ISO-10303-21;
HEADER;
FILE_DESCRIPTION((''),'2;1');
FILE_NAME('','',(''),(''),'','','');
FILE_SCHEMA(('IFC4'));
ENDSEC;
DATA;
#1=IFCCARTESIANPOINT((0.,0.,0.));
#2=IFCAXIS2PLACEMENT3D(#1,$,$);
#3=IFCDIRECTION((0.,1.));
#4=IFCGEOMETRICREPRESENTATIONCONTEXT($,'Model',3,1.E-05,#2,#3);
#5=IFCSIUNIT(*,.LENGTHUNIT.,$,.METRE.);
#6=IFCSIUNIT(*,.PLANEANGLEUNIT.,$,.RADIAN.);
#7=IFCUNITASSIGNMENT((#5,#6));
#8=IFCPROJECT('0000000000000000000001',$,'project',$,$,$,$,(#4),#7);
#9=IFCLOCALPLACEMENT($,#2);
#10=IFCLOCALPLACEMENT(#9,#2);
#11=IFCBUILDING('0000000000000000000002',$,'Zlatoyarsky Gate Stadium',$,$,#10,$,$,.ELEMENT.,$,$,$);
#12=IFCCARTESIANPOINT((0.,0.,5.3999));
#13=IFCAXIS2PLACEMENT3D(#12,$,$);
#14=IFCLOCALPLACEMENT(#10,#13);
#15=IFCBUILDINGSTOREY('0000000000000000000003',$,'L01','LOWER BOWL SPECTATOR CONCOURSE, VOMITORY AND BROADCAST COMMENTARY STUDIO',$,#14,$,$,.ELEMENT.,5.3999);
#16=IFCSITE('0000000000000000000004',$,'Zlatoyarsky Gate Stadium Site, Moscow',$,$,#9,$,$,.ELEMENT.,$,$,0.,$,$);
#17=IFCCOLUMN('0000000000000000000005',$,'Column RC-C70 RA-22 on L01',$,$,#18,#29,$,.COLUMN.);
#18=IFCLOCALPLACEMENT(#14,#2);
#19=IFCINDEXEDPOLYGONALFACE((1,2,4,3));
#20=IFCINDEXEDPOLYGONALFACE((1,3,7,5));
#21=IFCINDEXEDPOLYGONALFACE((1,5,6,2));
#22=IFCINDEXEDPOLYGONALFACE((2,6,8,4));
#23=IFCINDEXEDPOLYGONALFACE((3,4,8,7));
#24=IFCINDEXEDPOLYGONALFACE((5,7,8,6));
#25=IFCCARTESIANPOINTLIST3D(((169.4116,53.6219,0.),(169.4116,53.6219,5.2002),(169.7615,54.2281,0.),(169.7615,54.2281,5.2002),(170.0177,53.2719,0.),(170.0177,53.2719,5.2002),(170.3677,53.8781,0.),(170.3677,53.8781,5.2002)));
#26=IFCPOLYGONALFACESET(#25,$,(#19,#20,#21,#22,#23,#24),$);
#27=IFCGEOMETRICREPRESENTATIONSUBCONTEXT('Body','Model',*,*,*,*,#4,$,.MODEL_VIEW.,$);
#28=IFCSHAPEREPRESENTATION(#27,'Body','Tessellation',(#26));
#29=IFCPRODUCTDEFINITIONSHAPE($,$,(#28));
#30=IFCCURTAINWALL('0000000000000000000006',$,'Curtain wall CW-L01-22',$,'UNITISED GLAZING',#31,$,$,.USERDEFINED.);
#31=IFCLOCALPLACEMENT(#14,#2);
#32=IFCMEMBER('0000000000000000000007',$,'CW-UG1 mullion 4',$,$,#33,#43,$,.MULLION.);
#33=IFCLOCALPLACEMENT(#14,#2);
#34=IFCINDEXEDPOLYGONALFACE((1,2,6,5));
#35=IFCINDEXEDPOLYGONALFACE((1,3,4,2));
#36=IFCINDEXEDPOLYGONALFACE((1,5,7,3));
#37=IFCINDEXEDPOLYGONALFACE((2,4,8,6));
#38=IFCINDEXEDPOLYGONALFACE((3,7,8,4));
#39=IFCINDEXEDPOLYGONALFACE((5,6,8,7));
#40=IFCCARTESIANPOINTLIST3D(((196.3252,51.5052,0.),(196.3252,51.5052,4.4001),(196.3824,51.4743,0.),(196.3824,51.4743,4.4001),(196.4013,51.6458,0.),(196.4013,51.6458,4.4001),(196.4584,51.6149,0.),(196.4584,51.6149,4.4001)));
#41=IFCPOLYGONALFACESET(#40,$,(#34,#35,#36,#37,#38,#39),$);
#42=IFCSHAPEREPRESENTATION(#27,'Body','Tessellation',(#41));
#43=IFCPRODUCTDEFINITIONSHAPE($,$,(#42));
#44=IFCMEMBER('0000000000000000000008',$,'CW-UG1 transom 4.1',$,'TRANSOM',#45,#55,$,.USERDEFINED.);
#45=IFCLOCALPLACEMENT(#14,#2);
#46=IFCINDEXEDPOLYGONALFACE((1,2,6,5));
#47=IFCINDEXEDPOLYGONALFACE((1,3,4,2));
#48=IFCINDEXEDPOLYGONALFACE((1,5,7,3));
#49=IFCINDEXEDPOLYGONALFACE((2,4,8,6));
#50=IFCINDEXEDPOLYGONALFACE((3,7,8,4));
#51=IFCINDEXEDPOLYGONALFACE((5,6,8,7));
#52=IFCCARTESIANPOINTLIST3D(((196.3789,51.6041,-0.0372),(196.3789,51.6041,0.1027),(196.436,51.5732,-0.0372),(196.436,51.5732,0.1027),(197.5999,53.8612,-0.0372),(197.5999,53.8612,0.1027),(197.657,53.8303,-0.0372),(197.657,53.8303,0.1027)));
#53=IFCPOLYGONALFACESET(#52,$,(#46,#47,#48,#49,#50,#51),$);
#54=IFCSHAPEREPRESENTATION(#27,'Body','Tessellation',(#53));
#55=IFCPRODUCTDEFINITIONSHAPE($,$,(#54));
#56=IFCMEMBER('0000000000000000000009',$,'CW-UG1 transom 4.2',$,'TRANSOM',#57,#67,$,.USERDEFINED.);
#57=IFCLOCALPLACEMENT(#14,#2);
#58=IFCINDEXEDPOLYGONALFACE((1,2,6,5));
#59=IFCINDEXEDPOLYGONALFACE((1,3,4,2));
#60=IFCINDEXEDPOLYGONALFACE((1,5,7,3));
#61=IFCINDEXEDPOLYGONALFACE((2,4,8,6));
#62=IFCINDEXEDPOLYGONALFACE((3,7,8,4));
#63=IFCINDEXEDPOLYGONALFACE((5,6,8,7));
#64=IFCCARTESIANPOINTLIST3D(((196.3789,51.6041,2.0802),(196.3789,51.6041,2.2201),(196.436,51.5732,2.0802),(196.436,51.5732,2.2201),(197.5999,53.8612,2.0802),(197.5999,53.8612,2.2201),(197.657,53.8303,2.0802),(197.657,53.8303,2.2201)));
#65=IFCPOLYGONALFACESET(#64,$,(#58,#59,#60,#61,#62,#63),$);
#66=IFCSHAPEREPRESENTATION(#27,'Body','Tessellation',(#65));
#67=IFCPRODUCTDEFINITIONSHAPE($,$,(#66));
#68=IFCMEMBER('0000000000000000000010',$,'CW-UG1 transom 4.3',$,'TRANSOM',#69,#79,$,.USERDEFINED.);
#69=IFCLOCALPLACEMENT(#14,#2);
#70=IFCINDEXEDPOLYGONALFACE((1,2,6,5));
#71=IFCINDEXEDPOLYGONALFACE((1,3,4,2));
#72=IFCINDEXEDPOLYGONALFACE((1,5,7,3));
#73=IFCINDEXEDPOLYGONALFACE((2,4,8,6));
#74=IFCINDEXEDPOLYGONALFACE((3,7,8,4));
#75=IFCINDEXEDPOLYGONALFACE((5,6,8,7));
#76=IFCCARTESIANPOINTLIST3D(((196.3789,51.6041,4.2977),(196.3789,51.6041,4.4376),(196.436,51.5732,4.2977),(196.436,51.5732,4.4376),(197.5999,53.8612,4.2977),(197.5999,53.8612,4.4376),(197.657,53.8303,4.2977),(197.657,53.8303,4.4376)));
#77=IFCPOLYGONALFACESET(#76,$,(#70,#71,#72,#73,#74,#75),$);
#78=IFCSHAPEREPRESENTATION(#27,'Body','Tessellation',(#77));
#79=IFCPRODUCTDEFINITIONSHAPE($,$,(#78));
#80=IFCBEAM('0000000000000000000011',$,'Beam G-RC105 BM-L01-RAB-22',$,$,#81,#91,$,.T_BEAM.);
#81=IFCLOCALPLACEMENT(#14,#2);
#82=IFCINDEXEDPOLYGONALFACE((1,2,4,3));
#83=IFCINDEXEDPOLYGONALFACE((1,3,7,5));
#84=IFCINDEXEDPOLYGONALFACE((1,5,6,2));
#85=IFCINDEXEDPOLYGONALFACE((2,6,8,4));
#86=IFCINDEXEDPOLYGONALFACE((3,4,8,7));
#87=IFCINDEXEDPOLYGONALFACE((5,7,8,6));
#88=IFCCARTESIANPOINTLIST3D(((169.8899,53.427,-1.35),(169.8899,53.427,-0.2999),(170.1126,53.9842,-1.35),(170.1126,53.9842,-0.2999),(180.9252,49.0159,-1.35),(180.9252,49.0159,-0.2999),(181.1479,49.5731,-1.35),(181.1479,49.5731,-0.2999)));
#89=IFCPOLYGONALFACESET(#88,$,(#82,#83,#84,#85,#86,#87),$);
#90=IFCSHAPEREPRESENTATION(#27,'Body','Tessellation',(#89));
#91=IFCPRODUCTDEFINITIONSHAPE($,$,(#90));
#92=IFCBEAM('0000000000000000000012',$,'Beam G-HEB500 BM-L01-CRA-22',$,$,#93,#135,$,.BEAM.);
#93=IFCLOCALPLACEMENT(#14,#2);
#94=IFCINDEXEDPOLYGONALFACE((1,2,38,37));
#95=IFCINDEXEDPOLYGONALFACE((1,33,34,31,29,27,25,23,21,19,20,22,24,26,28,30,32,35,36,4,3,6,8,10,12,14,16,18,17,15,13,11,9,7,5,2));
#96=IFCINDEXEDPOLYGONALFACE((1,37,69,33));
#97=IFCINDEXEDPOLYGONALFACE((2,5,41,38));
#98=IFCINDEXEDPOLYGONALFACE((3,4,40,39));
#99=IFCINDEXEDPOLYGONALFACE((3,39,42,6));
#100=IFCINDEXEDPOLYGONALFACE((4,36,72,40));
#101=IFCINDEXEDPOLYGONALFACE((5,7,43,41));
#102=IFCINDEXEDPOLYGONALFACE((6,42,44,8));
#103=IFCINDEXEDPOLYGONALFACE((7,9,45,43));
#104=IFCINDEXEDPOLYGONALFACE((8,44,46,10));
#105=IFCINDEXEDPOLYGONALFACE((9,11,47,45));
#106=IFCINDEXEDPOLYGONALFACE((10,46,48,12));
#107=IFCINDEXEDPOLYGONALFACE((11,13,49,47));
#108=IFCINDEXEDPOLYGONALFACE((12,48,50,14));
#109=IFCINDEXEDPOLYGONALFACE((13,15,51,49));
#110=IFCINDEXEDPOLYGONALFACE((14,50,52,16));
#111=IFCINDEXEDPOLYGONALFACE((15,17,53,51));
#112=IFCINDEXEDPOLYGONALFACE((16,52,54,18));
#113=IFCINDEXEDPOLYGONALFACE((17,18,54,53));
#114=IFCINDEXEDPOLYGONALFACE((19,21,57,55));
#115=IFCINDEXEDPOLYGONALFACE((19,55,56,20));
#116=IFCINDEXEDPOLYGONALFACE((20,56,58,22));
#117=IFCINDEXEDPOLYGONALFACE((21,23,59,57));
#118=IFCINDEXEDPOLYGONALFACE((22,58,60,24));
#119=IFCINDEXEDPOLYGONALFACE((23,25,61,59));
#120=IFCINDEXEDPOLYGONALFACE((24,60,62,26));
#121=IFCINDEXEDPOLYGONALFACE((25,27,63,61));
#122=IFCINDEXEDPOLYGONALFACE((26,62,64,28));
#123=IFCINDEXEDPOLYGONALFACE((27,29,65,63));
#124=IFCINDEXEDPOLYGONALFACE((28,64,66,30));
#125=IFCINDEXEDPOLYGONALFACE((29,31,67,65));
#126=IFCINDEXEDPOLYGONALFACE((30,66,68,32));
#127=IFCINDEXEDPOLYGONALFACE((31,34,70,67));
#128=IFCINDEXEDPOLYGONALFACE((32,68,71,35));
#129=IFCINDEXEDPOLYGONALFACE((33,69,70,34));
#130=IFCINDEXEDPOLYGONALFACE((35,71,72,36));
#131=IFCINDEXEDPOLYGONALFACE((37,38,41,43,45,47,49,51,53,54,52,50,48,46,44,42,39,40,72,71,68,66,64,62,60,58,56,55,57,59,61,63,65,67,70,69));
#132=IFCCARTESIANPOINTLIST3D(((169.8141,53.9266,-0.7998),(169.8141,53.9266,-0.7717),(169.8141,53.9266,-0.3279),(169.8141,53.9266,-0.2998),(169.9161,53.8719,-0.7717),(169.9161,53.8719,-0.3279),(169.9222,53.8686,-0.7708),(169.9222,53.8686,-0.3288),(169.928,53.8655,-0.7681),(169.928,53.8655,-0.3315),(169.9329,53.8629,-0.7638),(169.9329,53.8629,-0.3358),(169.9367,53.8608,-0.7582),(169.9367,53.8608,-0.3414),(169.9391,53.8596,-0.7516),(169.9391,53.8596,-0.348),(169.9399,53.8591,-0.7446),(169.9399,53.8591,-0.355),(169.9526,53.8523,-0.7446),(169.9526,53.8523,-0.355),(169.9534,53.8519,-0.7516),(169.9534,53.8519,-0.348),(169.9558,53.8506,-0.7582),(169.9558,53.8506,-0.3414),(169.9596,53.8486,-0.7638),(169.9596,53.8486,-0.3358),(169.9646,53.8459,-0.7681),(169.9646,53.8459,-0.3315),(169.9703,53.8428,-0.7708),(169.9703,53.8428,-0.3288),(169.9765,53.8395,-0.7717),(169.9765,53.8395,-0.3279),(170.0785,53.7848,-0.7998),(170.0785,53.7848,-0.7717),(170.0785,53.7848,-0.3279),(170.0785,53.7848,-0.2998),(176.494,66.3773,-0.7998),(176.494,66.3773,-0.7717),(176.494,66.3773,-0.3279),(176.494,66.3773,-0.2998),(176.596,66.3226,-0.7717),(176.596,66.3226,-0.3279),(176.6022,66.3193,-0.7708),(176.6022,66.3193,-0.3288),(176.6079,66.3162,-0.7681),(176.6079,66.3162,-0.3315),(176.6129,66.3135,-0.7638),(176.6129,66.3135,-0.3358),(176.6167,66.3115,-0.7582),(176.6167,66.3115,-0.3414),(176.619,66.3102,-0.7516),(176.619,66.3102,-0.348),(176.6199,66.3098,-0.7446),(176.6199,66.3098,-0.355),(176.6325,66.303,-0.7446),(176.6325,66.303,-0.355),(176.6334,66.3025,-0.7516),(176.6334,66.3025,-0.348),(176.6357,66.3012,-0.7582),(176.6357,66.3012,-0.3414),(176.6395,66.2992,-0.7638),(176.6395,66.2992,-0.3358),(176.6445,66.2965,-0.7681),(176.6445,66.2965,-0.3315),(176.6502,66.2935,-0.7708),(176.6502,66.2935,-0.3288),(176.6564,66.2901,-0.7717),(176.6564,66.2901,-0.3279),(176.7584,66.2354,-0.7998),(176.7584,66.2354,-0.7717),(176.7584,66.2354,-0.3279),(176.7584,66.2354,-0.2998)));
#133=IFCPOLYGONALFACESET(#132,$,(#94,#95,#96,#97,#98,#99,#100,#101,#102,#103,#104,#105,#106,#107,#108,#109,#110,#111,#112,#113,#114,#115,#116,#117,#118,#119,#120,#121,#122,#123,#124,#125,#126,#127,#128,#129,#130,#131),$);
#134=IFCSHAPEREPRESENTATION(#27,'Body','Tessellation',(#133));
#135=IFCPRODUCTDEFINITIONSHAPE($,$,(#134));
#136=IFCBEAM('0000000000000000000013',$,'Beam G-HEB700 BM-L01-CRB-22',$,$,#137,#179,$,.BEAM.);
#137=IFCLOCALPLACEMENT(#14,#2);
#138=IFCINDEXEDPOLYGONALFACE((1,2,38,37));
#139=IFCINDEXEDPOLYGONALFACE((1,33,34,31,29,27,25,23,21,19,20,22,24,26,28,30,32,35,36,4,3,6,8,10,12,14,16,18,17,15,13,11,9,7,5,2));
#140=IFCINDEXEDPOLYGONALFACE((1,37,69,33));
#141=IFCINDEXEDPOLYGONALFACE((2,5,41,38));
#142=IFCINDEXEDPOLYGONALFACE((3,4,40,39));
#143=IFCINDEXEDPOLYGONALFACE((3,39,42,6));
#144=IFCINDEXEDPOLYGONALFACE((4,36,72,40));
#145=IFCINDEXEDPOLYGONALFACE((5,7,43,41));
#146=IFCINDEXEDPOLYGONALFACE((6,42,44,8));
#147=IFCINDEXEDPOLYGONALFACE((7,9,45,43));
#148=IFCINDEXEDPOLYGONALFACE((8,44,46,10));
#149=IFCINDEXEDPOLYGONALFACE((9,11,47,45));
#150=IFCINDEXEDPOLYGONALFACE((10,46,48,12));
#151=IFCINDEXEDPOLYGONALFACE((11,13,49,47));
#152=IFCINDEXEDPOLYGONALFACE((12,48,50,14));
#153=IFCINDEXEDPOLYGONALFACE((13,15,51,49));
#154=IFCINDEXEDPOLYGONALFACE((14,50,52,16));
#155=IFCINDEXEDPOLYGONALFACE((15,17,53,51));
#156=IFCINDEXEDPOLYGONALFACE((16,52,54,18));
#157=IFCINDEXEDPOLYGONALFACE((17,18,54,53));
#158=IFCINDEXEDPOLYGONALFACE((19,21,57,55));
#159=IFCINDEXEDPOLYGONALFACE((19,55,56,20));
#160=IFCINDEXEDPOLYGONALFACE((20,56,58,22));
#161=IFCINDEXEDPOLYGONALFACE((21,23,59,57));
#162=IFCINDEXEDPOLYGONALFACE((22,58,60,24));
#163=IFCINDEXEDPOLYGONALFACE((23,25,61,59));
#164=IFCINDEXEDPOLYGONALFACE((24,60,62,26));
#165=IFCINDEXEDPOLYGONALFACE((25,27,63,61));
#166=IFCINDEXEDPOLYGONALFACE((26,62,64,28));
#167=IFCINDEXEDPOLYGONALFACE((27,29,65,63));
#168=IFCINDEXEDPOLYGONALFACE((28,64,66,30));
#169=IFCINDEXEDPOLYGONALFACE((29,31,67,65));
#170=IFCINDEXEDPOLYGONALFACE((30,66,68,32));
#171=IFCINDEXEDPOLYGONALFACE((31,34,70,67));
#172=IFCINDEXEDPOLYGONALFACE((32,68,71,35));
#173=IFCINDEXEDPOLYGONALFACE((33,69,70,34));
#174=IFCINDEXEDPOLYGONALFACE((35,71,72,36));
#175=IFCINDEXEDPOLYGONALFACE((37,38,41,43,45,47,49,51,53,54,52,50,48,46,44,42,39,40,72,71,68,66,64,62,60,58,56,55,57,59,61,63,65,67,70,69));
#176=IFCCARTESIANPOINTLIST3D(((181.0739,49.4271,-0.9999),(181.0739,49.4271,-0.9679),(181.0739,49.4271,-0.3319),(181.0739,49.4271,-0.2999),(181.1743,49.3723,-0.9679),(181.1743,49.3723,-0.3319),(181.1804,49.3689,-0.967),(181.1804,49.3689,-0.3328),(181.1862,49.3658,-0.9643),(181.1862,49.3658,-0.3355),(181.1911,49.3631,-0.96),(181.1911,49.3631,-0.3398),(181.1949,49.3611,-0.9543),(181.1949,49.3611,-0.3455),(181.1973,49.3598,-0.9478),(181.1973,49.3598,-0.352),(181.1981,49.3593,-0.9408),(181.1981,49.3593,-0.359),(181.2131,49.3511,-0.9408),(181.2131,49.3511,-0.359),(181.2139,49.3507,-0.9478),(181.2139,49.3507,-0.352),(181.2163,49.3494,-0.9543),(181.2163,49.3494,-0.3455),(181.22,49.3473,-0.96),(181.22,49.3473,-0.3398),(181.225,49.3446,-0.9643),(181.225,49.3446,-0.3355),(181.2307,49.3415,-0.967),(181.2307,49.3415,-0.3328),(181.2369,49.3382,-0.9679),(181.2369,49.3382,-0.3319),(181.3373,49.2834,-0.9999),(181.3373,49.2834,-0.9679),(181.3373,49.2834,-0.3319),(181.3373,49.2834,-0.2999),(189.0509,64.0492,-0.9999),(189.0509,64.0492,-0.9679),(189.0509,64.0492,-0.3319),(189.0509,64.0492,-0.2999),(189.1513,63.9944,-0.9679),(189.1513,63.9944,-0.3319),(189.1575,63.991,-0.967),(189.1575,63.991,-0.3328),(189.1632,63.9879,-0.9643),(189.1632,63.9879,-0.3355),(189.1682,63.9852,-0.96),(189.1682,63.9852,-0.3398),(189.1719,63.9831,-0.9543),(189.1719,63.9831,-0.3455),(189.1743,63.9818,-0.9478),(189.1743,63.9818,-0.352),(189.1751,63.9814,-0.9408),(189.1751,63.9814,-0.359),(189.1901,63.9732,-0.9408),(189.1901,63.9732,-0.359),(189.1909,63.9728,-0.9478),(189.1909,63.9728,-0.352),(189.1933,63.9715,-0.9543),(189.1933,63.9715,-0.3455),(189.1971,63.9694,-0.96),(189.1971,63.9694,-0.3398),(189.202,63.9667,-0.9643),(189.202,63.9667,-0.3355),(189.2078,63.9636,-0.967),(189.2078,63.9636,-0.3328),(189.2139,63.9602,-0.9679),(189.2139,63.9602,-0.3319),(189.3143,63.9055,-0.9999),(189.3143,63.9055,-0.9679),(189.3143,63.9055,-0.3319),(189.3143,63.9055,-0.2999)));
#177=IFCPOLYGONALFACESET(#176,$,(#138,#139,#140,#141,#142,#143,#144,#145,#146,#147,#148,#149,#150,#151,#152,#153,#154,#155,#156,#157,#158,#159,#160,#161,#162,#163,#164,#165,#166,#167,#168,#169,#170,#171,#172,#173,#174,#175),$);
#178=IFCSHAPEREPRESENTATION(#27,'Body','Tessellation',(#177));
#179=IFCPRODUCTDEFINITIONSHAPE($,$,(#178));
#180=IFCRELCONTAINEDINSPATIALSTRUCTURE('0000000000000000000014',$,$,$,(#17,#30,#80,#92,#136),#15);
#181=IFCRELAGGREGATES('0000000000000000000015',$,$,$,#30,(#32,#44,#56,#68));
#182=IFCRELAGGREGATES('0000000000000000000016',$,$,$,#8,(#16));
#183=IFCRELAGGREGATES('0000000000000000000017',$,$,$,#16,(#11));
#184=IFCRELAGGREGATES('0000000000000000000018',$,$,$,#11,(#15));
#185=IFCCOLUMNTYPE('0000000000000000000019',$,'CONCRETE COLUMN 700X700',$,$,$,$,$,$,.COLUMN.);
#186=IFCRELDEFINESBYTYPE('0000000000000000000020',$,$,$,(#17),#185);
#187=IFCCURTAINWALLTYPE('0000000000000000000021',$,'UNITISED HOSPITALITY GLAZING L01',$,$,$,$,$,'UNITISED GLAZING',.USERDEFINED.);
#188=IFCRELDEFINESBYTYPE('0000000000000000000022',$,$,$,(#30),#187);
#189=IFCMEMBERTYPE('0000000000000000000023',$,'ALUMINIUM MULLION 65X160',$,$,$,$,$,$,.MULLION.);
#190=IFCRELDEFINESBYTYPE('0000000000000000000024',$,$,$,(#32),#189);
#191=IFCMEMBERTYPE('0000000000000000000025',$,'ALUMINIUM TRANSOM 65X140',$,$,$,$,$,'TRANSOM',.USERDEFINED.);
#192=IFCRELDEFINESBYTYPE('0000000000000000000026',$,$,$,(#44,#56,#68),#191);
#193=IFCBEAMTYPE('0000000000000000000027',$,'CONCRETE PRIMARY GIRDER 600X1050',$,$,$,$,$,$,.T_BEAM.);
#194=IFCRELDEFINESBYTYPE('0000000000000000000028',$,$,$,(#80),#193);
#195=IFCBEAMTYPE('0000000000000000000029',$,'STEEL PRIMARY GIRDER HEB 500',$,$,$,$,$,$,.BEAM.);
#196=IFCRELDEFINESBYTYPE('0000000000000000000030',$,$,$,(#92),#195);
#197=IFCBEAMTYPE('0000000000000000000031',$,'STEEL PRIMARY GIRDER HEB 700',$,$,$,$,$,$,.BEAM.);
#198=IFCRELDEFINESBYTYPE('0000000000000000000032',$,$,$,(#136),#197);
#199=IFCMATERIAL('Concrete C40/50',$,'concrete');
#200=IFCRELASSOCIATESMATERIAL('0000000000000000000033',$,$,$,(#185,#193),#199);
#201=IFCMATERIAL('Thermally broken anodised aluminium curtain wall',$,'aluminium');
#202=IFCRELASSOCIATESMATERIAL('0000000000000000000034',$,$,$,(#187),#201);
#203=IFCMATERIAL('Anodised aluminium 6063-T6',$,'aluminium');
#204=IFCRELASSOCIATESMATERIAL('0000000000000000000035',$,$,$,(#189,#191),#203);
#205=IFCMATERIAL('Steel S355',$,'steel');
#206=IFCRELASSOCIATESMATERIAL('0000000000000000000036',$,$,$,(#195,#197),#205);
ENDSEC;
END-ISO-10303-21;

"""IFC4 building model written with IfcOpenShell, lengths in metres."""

from ifc_helpers import new_model, si_unit, direction, frame, origin, origin_2d, place, context, subcontext, project, spatial, rectangle, i_section, extrude, material, material_profile, profile_set, type_object, element, aggregate, save


model = new_model("IFC4")

# Units and contexts
model_context = context("Model", 3, precision=1e-05, world=origin(), true_north=direction((0.0, 1.0)))
body_context = subcontext(model_context, "Body", "Model", "MODEL_VIEW")
ifc_project = project(units=[si_unit("LENGTHUNIT", "METRE"), si_unit("PLANEANGLEUNIT", "RADIAN")], contexts=[model_context])

# Site, building, storey
site_placement = place(None, origin())
site = spatial("IfcSite", under=ifc_project, at=site_placement, Name="Zlatoyarsky Gate Stadium Site, Moscow", CompositionType="ELEMENT", RefElevation=0.0)
building_placement = place(site_placement, origin())
building = spatial("IfcBuilding", under=site, at=building_placement, Name="Zlatoyarsky Gate Stadium", CompositionType="ELEMENT")
storey_placement = place(building_placement, frame((0.0, 0.0, 5.3999)))
storey = spatial("IfcBuildingStorey", under=building, at=storey_placement, Name="L01", Description="LOWER BOWL SPECTATOR CONCOURSE, VOMITORY AND BROADCAST COMMENTARY STUDIO", CompositionType="ELEMENT", Elevation=5.3999)

# Column
ifc_material_1 = material(Name="Concrete C40/50", Category="concrete")
ifc_material_profile_1 = material_profile(ifc_material_1, rectangle(XDim=0.7, YDim=0.7, at=origin_2d()), Name="RC COL 700X700")
ifc_profile_set_1 = profile_set([ifc_material_profile_1], Name="Concrete C40/50")
column_type = type_object("IfcColumnType", Name="CONCRETE COLUMN 700X700", PredefinedType="COLUMN", material=ifc_profile_set_1)
column_placement = place(storey_placement, frame((169.8896, 53.75, 0.0), z_axis=(0.0, 0.0, 1.0), x_axis=(0.866025, -0.5, 0.0)))
element("IfcColumn", 1, at=column_placement, inside=storey, type_object=column_type, Name="Column RC-C70 RA-22 on L01", PredefinedType="COLUMN", context=body_context, shape_type="SweptSolid", body=[
    extrude(rectangle(XDim=0.7, YDim=0.7, at=origin_2d()), origin(), (0.0, 0.0, 1.0), 5.2002),
])

# Curtain wall, members
ifc_material_2 = material(Name="Thermally broken anodised aluminium curtain wall", Category="aluminium")
curtain_wall_type = type_object("IfcCurtainWallType", Name="UNITISED HOSPITALITY GLAZING L01", ElementType="UNITISED GLAZING", PredefinedType="USERDEFINED", material=ifc_material_2)
curtain_wall_placement = place(storey_placement, origin())
curtain_wall = element("IfcCurtainWall", 2, at=curtain_wall_placement, inside=storey, type_object=curtain_wall_type, Name="Curtain wall CW-L01-22", ObjectType="UNITISED GLAZING", PredefinedType="USERDEFINED")
ifc_material_3 = material(Name="Anodised aluminium 6063-T6", Category="aluminium")
ifc_material_profile_2 = material_profile(ifc_material_3, rectangle(XDim=0.0649, YDim=0.1599, at=origin_2d()), Name="ALU 65X160")
ifc_profile_set_2 = profile_set([ifc_material_profile_2], Name="Anodised aluminium 6063-T6")
member_type_1 = type_object("IfcMemberType", Name="ALUMINIUM MULLION 65X160", PredefinedType="MULLION", material=ifc_profile_set_2)
member_1_placement = place(storey_placement, frame((196.3918, 51.5601, 0.0), z_axis=(0.0, 0.0, 1.0), x_axis=(-0.879562, 0.475784, 0.0)))
member_1 = element("IfcMember", 3, at=member_1_placement, type_object=member_type_1, Name="CW-UG1 mullion 4", PredefinedType="MULLION", context=body_context, shape_type="SweptSolid", body=[
    extrude(rectangle(XDim=0.0649, YDim=0.1599, at=origin_2d()), origin(), (0.0, 0.0, 1.0), 4.4001),
])
ifc_material_profile_3 = material_profile(ifc_material_3, rectangle(XDim=0.0649, YDim=0.1399, at=origin_2d()), Name="ALU 65X140")
ifc_profile_set_3 = profile_set([ifc_material_profile_3], Name="Anodised aluminium 6063-T6")
member_type_2 = type_object("IfcMemberType", Name="ALUMINIUM TRANSOM 65X140", ElementType="TRANSOM", PredefinedType="USERDEFINED", material=ifc_profile_set_3)
member_2_placement = place(storey_placement, frame((196.4075, 51.5886, 0.0327), z_axis=(0.47579, 0.879559, 0.0), x_axis=(-0.879559, 0.47579, 0.0)))
member_2 = element("IfcMember", 4, at=member_2_placement, type_object=member_type_2, Name="CW-UG1 transom 4.1", ObjectType="TRANSOM", PredefinedType="USERDEFINED", context=body_context, shape_type="SweptSolid", body=[
    extrude(rectangle(XDim=0.0649, YDim=0.1399, at=origin_2d()), origin(), (0.0, 0.0, 1.0), 2.5662),
])
member_3_placement = place(storey_placement, frame((196.4075, 51.5886, 2.1501), z_axis=(0.47579, 0.879559, 0.0), x_axis=(-0.879559, 0.47579, 0.0)))
member_3 = element("IfcMember", 5, at=member_3_placement, type_object=member_type_2, Name="CW-UG1 transom 4.2", ObjectType="TRANSOM", PredefinedType="USERDEFINED", context=body_context, shape_type="SweptSolid", body=[
    extrude(rectangle(XDim=0.0649, YDim=0.1399, at=origin_2d()), origin(), (0.0, 0.0, 1.0), 2.5662),
])
member_4_placement = place(storey_placement, frame((196.4075, 51.5886, 4.3677), z_axis=(0.47579, 0.879559, 0.0), x_axis=(-0.879559, 0.47579, 0.0)))
member_4 = element("IfcMember", 6, at=member_4_placement, type_object=member_type_2, Name="CW-UG1 transom 4.3", ObjectType="TRANSOM", PredefinedType="USERDEFINED", context=body_context, shape_type="SweptSolid", body=[
    extrude(rectangle(XDim=0.0649, YDim=0.1399, at=origin_2d()), origin(), (0.0, 0.0, 1.0), 2.5662),
])

# Beams
ifc_material_profile_4 = material_profile(ifc_material_1, rectangle(XDim=0.6001, YDim=1.05, at=origin_2d()), Name="RC GIRDER 600X1050")
ifc_profile_set_4 = profile_set([ifc_material_profile_4], Name="Concrete C40/50")
beam_type_1 = type_object("IfcBeamType", Name="CONCRETE PRIMARY GIRDER 600X1050", PredefinedType="T_BEAM", material=ifc_profile_set_4)
beam_1_placement = place(storey_placement, frame((170.0012, 53.7056, -0.825), z_axis=(0.928565, -0.371171, 0.0), x_axis=(0.371171, 0.928565, 0.0)))
element("IfcBeam", 7, at=beam_1_placement, inside=storey, type_object=beam_type_1, Name="Beam G-RC105 BM-L01-RAB-22", PredefinedType="T_BEAM", context=body_context, shape_type="SweptSolid", body=[
    extrude(rectangle(XDim=0.6001, YDim=1.05, at=origin_2d()), origin(), (0.0, 0.0, 1.0), 11.8843),
])
ifc_material_4 = material(Name="Steel S355", Category="steel")
ifc_material_profile_5 = material_profile(ifc_material_4, i_section(OverallWidth=0.3, OverallDepth=0.5, WebThickness=0.0144, FlangeThickness=0.0281, FilletRadius=0.0271, at=origin_2d()), Name="HEB 500")
ifc_profile_set_5 = profile_set([ifc_material_profile_5], Name="Steel S355")
beam_type_2 = type_object("IfcBeamType", Name="STEEL PRIMARY GIRDER HEB 500", PredefinedType="BEAM", material=ifc_profile_set_5)
beam_2_placement = place(storey_placement, frame((169.9463, 53.8557, -0.5498), z_axis=(0.472767, 0.881187, 0.0), x_axis=(-0.881187, 0.472767, 0.0)))
element("IfcBeam", 8, at=beam_2_placement, inside=storey, type_object=beam_type_2, Name="Beam G-HEB500 BM-L01-CRA-22", PredefinedType="BEAM", context=body_context, shape_type="SweptSolid", body=[
    extrude(i_section(OverallWidth=0.3, OverallDepth=0.5, WebThickness=0.0144, FlangeThickness=0.0281, FilletRadius=0.0271, at=origin_2d()), origin(), (0.0, 0.0, 1.0), 14.1294),
])
ifc_material_profile_6 = material_profile(ifc_material_4, i_section(OverallWidth=0.3, OverallDepth=0.7, WebThickness=0.0171, FlangeThickness=0.032, FilletRadius=0.0271, at=origin_2d()), Name="HEB 700")
ifc_profile_set_6 = profile_set([ifc_material_profile_6], Name="Steel S355")
beam_type_3 = type_object("IfcBeamType", Name="STEEL PRIMARY GIRDER HEB 700", PredefinedType="BEAM", material=ifc_profile_set_6)
beam_3_placement = place(storey_placement, frame((181.2056, 49.3552, -0.6499), z_axis=(0.478916, 0.877861, 0.0), x_axis=(-0.877861, 0.478916, 0.0)))
element("IfcBeam", 9, at=beam_3_placement, inside=storey, type_object=beam_type_3, Name="Beam G-HEB700 BM-L01-CRB-22", PredefinedType="BEAM", context=body_context, shape_type="SweptSolid", body=[
    extrude(i_section(OverallWidth=0.3, OverallDepth=0.7, WebThickness=0.0171, FlangeThickness=0.032, FilletRadius=0.0271, at=origin_2d()), origin(), (0.0, 0.0, 1.0), 16.6565),
])

aggregate(curtain_wall, [member_1, member_2, member_3, member_4])

save(model, "model.ifc")
